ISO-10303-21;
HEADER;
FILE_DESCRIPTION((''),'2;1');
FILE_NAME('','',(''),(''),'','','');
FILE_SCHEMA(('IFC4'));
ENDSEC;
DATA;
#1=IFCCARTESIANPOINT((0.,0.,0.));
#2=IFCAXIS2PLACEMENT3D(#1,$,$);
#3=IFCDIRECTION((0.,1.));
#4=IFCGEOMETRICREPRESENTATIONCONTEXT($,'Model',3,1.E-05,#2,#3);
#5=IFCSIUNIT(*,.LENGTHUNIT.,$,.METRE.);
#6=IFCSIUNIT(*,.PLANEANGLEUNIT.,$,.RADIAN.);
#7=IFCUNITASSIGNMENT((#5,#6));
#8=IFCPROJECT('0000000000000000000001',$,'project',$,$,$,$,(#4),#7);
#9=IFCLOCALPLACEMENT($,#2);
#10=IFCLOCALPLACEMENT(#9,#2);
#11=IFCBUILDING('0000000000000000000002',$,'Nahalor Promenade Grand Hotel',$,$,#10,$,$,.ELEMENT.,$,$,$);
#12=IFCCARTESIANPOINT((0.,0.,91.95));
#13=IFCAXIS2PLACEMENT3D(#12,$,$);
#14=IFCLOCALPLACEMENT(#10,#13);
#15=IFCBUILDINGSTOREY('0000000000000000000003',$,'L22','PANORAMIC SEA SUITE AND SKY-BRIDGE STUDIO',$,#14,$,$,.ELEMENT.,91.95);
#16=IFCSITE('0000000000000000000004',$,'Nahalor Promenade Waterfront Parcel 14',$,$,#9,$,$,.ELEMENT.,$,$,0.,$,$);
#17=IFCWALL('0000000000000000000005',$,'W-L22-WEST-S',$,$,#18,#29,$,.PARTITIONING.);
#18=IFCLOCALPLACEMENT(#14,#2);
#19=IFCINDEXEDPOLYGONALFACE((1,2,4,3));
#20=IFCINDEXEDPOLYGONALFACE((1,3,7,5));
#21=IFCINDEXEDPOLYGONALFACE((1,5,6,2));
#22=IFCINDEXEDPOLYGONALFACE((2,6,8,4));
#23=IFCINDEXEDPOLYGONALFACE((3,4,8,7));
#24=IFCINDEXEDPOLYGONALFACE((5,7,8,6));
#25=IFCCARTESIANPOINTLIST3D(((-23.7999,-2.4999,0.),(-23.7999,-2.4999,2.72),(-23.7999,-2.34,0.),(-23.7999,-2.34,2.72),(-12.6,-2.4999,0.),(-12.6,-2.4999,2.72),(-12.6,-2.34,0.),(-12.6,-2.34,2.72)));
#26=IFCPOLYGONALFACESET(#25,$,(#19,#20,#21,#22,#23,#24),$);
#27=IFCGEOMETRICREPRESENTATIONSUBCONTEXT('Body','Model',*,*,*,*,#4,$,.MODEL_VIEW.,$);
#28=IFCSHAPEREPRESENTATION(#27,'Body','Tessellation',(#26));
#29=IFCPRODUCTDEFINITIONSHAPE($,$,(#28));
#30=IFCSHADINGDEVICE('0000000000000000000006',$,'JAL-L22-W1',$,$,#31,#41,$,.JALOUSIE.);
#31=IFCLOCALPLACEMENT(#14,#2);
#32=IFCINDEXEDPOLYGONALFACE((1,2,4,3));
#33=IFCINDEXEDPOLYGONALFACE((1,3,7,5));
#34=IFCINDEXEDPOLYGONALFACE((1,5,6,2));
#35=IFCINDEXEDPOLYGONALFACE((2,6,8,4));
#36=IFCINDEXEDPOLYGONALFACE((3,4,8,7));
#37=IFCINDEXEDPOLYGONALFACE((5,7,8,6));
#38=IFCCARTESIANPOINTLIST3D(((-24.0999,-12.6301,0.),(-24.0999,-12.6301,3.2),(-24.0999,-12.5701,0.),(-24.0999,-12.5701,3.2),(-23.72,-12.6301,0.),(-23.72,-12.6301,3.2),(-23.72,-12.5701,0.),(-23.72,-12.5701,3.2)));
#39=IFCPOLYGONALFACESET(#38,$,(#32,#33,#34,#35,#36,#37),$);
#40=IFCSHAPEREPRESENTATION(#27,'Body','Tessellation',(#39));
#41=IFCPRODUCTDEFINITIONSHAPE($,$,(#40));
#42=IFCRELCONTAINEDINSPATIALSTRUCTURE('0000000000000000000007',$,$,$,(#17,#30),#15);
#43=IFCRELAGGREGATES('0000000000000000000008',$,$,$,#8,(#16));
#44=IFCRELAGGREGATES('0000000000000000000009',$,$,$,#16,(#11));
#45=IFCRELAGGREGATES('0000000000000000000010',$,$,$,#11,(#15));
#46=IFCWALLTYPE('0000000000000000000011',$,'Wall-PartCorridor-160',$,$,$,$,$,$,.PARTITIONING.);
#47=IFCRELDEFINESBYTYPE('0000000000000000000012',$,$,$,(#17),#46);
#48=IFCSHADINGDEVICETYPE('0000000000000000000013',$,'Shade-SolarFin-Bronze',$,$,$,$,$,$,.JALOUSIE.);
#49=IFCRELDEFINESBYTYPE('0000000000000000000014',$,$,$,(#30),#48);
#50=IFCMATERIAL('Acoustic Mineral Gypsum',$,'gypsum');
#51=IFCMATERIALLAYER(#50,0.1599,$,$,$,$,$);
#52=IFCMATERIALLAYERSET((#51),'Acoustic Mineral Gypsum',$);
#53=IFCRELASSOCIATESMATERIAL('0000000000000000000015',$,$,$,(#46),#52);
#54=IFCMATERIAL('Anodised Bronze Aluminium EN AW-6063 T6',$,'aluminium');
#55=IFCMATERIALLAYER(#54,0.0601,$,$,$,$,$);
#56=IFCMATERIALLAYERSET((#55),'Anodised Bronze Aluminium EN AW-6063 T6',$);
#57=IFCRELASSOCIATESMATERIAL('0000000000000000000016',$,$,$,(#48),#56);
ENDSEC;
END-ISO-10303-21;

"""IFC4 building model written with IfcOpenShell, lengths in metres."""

from ifc_helpers import new_model, si_unit, direction, frame, frame_2d, origin, origin_2d, place, context, subcontext, project, spatial, rectangle, extrude, source, transform, mapped, material, layer, layer_set, type_object, element, save


model = new_model("IFC4")

# Units and contexts
model_context = context("Model", 3, precision=1e-05, world=origin(), true_north=direction((0.0, 1.0)))
body_context = subcontext(model_context, "Body", "Model", "MODEL_VIEW")
ifc_project = project(units=[si_unit("LENGTHUNIT", "METRE"), si_unit("PLANEANGLEUNIT", "RADIAN")], contexts=[model_context])

# Site, building, storey
site_placement = place(None, origin())
site = spatial("IfcSite", under=ifc_project, at=site_placement, Name="Nahalor Promenade Waterfront Parcel 14", CompositionType="ELEMENT", RefElevation=0.0)
building_placement = place(site_placement, origin())
building = spatial("IfcBuilding", under=site, at=building_placement, Name="Nahalor Promenade Grand Hotel", CompositionType="ELEMENT")
storey_placement = place(building_placement, frame((0.0, 0.0, 91.95)))
storey = spatial("IfcBuildingStorey", under=building, at=storey_placement, Name="L22", Description="PANORAMIC SEA SUITE AND SKY-BRIDGE STUDIO", CompositionType="ELEMENT", Elevation=91.95)

# Shared definitions
ifc_material_1 = material(Name="Anodised Bronze Aluminium EN AW-6063 T6", Category="aluminium")

# Shared definitions
ifc_material_2 = material(Name="Acoustic Mineral Gypsum", Category="gypsum")
ifc_layer_1 = layer(ifc_material_2, 0.1599)
ifc_layer_set_1 = layer_set([ifc_layer_1], Name="Acoustic Mineral Gypsum")
wall_type = type_object("IfcWallType", Name="Wall-PartCorridor-160", PredefinedType="PARTITIONING", material=ifc_layer_set_1)

# Wall
shared_shape_1 = source(origin(), body_context, "Body", "SweptSolid", [
    extrude(rectangle(XDim=11.2, YDim=0.1599, at=frame_2d((5.6001, 0.0))), origin(), (0.0, 0.0, 1.0), 2.72),
])
wall_1_placement = place(storey_placement, frame((-23.8, -2.4199, 0.0), z_axis=(0.0, 0.0, 1.0), x_axis=(1.0, 0.0, 0.0)))
element("IfcWall", 1, at=wall_1_placement, inside=storey, type_object=wall_type, Name="W-L22-WEST-S", PredefinedType="PARTITIONING", context=body_context, shape_type="MappedRepresentation", body=[
    mapped(shared_shape_1, transform((0.0, 0.0, 0.0), scale=1.0)),
])

# Shading device
ifc_layer_2 = layer(ifc_material_1, 0.0601)
ifc_layer_set_2 = layer_set([ifc_layer_2], Name="Anodised Bronze Aluminium EN AW-6063 T6")
shading_device_type = type_object("IfcShadingDeviceType", Name="Shade-SolarFin-Bronze", PredefinedType="JALOUSIE", material=ifc_layer_set_2)
shared_shape_2 = source(origin(), body_context, "Body", "SweptSolid", [
    extrude(rectangle(XDim=0.3799, YDim=0.0601, at=origin_2d()), origin(), (0.0, 0.0, 1.0), 3.2),
])
shading_device_placement = place(storey_placement, frame((-23.9099, -12.6001, 0.0), z_axis=(0.0, 0.0, 1.0), x_axis=(1.0, 0.0, 0.0)))
element("IfcShadingDevice", 2, at=shading_device_placement, inside=storey, type_object=shading_device_type, Name="JAL-L22-W1", PredefinedType="JALOUSIE", context=body_context, shape_type="MappedRepresentation", body=[
    mapped(shared_shape_2, transform((0.0, 0.0, 0.0), scale=1.0)),
])

save(model, "model.ifc")
